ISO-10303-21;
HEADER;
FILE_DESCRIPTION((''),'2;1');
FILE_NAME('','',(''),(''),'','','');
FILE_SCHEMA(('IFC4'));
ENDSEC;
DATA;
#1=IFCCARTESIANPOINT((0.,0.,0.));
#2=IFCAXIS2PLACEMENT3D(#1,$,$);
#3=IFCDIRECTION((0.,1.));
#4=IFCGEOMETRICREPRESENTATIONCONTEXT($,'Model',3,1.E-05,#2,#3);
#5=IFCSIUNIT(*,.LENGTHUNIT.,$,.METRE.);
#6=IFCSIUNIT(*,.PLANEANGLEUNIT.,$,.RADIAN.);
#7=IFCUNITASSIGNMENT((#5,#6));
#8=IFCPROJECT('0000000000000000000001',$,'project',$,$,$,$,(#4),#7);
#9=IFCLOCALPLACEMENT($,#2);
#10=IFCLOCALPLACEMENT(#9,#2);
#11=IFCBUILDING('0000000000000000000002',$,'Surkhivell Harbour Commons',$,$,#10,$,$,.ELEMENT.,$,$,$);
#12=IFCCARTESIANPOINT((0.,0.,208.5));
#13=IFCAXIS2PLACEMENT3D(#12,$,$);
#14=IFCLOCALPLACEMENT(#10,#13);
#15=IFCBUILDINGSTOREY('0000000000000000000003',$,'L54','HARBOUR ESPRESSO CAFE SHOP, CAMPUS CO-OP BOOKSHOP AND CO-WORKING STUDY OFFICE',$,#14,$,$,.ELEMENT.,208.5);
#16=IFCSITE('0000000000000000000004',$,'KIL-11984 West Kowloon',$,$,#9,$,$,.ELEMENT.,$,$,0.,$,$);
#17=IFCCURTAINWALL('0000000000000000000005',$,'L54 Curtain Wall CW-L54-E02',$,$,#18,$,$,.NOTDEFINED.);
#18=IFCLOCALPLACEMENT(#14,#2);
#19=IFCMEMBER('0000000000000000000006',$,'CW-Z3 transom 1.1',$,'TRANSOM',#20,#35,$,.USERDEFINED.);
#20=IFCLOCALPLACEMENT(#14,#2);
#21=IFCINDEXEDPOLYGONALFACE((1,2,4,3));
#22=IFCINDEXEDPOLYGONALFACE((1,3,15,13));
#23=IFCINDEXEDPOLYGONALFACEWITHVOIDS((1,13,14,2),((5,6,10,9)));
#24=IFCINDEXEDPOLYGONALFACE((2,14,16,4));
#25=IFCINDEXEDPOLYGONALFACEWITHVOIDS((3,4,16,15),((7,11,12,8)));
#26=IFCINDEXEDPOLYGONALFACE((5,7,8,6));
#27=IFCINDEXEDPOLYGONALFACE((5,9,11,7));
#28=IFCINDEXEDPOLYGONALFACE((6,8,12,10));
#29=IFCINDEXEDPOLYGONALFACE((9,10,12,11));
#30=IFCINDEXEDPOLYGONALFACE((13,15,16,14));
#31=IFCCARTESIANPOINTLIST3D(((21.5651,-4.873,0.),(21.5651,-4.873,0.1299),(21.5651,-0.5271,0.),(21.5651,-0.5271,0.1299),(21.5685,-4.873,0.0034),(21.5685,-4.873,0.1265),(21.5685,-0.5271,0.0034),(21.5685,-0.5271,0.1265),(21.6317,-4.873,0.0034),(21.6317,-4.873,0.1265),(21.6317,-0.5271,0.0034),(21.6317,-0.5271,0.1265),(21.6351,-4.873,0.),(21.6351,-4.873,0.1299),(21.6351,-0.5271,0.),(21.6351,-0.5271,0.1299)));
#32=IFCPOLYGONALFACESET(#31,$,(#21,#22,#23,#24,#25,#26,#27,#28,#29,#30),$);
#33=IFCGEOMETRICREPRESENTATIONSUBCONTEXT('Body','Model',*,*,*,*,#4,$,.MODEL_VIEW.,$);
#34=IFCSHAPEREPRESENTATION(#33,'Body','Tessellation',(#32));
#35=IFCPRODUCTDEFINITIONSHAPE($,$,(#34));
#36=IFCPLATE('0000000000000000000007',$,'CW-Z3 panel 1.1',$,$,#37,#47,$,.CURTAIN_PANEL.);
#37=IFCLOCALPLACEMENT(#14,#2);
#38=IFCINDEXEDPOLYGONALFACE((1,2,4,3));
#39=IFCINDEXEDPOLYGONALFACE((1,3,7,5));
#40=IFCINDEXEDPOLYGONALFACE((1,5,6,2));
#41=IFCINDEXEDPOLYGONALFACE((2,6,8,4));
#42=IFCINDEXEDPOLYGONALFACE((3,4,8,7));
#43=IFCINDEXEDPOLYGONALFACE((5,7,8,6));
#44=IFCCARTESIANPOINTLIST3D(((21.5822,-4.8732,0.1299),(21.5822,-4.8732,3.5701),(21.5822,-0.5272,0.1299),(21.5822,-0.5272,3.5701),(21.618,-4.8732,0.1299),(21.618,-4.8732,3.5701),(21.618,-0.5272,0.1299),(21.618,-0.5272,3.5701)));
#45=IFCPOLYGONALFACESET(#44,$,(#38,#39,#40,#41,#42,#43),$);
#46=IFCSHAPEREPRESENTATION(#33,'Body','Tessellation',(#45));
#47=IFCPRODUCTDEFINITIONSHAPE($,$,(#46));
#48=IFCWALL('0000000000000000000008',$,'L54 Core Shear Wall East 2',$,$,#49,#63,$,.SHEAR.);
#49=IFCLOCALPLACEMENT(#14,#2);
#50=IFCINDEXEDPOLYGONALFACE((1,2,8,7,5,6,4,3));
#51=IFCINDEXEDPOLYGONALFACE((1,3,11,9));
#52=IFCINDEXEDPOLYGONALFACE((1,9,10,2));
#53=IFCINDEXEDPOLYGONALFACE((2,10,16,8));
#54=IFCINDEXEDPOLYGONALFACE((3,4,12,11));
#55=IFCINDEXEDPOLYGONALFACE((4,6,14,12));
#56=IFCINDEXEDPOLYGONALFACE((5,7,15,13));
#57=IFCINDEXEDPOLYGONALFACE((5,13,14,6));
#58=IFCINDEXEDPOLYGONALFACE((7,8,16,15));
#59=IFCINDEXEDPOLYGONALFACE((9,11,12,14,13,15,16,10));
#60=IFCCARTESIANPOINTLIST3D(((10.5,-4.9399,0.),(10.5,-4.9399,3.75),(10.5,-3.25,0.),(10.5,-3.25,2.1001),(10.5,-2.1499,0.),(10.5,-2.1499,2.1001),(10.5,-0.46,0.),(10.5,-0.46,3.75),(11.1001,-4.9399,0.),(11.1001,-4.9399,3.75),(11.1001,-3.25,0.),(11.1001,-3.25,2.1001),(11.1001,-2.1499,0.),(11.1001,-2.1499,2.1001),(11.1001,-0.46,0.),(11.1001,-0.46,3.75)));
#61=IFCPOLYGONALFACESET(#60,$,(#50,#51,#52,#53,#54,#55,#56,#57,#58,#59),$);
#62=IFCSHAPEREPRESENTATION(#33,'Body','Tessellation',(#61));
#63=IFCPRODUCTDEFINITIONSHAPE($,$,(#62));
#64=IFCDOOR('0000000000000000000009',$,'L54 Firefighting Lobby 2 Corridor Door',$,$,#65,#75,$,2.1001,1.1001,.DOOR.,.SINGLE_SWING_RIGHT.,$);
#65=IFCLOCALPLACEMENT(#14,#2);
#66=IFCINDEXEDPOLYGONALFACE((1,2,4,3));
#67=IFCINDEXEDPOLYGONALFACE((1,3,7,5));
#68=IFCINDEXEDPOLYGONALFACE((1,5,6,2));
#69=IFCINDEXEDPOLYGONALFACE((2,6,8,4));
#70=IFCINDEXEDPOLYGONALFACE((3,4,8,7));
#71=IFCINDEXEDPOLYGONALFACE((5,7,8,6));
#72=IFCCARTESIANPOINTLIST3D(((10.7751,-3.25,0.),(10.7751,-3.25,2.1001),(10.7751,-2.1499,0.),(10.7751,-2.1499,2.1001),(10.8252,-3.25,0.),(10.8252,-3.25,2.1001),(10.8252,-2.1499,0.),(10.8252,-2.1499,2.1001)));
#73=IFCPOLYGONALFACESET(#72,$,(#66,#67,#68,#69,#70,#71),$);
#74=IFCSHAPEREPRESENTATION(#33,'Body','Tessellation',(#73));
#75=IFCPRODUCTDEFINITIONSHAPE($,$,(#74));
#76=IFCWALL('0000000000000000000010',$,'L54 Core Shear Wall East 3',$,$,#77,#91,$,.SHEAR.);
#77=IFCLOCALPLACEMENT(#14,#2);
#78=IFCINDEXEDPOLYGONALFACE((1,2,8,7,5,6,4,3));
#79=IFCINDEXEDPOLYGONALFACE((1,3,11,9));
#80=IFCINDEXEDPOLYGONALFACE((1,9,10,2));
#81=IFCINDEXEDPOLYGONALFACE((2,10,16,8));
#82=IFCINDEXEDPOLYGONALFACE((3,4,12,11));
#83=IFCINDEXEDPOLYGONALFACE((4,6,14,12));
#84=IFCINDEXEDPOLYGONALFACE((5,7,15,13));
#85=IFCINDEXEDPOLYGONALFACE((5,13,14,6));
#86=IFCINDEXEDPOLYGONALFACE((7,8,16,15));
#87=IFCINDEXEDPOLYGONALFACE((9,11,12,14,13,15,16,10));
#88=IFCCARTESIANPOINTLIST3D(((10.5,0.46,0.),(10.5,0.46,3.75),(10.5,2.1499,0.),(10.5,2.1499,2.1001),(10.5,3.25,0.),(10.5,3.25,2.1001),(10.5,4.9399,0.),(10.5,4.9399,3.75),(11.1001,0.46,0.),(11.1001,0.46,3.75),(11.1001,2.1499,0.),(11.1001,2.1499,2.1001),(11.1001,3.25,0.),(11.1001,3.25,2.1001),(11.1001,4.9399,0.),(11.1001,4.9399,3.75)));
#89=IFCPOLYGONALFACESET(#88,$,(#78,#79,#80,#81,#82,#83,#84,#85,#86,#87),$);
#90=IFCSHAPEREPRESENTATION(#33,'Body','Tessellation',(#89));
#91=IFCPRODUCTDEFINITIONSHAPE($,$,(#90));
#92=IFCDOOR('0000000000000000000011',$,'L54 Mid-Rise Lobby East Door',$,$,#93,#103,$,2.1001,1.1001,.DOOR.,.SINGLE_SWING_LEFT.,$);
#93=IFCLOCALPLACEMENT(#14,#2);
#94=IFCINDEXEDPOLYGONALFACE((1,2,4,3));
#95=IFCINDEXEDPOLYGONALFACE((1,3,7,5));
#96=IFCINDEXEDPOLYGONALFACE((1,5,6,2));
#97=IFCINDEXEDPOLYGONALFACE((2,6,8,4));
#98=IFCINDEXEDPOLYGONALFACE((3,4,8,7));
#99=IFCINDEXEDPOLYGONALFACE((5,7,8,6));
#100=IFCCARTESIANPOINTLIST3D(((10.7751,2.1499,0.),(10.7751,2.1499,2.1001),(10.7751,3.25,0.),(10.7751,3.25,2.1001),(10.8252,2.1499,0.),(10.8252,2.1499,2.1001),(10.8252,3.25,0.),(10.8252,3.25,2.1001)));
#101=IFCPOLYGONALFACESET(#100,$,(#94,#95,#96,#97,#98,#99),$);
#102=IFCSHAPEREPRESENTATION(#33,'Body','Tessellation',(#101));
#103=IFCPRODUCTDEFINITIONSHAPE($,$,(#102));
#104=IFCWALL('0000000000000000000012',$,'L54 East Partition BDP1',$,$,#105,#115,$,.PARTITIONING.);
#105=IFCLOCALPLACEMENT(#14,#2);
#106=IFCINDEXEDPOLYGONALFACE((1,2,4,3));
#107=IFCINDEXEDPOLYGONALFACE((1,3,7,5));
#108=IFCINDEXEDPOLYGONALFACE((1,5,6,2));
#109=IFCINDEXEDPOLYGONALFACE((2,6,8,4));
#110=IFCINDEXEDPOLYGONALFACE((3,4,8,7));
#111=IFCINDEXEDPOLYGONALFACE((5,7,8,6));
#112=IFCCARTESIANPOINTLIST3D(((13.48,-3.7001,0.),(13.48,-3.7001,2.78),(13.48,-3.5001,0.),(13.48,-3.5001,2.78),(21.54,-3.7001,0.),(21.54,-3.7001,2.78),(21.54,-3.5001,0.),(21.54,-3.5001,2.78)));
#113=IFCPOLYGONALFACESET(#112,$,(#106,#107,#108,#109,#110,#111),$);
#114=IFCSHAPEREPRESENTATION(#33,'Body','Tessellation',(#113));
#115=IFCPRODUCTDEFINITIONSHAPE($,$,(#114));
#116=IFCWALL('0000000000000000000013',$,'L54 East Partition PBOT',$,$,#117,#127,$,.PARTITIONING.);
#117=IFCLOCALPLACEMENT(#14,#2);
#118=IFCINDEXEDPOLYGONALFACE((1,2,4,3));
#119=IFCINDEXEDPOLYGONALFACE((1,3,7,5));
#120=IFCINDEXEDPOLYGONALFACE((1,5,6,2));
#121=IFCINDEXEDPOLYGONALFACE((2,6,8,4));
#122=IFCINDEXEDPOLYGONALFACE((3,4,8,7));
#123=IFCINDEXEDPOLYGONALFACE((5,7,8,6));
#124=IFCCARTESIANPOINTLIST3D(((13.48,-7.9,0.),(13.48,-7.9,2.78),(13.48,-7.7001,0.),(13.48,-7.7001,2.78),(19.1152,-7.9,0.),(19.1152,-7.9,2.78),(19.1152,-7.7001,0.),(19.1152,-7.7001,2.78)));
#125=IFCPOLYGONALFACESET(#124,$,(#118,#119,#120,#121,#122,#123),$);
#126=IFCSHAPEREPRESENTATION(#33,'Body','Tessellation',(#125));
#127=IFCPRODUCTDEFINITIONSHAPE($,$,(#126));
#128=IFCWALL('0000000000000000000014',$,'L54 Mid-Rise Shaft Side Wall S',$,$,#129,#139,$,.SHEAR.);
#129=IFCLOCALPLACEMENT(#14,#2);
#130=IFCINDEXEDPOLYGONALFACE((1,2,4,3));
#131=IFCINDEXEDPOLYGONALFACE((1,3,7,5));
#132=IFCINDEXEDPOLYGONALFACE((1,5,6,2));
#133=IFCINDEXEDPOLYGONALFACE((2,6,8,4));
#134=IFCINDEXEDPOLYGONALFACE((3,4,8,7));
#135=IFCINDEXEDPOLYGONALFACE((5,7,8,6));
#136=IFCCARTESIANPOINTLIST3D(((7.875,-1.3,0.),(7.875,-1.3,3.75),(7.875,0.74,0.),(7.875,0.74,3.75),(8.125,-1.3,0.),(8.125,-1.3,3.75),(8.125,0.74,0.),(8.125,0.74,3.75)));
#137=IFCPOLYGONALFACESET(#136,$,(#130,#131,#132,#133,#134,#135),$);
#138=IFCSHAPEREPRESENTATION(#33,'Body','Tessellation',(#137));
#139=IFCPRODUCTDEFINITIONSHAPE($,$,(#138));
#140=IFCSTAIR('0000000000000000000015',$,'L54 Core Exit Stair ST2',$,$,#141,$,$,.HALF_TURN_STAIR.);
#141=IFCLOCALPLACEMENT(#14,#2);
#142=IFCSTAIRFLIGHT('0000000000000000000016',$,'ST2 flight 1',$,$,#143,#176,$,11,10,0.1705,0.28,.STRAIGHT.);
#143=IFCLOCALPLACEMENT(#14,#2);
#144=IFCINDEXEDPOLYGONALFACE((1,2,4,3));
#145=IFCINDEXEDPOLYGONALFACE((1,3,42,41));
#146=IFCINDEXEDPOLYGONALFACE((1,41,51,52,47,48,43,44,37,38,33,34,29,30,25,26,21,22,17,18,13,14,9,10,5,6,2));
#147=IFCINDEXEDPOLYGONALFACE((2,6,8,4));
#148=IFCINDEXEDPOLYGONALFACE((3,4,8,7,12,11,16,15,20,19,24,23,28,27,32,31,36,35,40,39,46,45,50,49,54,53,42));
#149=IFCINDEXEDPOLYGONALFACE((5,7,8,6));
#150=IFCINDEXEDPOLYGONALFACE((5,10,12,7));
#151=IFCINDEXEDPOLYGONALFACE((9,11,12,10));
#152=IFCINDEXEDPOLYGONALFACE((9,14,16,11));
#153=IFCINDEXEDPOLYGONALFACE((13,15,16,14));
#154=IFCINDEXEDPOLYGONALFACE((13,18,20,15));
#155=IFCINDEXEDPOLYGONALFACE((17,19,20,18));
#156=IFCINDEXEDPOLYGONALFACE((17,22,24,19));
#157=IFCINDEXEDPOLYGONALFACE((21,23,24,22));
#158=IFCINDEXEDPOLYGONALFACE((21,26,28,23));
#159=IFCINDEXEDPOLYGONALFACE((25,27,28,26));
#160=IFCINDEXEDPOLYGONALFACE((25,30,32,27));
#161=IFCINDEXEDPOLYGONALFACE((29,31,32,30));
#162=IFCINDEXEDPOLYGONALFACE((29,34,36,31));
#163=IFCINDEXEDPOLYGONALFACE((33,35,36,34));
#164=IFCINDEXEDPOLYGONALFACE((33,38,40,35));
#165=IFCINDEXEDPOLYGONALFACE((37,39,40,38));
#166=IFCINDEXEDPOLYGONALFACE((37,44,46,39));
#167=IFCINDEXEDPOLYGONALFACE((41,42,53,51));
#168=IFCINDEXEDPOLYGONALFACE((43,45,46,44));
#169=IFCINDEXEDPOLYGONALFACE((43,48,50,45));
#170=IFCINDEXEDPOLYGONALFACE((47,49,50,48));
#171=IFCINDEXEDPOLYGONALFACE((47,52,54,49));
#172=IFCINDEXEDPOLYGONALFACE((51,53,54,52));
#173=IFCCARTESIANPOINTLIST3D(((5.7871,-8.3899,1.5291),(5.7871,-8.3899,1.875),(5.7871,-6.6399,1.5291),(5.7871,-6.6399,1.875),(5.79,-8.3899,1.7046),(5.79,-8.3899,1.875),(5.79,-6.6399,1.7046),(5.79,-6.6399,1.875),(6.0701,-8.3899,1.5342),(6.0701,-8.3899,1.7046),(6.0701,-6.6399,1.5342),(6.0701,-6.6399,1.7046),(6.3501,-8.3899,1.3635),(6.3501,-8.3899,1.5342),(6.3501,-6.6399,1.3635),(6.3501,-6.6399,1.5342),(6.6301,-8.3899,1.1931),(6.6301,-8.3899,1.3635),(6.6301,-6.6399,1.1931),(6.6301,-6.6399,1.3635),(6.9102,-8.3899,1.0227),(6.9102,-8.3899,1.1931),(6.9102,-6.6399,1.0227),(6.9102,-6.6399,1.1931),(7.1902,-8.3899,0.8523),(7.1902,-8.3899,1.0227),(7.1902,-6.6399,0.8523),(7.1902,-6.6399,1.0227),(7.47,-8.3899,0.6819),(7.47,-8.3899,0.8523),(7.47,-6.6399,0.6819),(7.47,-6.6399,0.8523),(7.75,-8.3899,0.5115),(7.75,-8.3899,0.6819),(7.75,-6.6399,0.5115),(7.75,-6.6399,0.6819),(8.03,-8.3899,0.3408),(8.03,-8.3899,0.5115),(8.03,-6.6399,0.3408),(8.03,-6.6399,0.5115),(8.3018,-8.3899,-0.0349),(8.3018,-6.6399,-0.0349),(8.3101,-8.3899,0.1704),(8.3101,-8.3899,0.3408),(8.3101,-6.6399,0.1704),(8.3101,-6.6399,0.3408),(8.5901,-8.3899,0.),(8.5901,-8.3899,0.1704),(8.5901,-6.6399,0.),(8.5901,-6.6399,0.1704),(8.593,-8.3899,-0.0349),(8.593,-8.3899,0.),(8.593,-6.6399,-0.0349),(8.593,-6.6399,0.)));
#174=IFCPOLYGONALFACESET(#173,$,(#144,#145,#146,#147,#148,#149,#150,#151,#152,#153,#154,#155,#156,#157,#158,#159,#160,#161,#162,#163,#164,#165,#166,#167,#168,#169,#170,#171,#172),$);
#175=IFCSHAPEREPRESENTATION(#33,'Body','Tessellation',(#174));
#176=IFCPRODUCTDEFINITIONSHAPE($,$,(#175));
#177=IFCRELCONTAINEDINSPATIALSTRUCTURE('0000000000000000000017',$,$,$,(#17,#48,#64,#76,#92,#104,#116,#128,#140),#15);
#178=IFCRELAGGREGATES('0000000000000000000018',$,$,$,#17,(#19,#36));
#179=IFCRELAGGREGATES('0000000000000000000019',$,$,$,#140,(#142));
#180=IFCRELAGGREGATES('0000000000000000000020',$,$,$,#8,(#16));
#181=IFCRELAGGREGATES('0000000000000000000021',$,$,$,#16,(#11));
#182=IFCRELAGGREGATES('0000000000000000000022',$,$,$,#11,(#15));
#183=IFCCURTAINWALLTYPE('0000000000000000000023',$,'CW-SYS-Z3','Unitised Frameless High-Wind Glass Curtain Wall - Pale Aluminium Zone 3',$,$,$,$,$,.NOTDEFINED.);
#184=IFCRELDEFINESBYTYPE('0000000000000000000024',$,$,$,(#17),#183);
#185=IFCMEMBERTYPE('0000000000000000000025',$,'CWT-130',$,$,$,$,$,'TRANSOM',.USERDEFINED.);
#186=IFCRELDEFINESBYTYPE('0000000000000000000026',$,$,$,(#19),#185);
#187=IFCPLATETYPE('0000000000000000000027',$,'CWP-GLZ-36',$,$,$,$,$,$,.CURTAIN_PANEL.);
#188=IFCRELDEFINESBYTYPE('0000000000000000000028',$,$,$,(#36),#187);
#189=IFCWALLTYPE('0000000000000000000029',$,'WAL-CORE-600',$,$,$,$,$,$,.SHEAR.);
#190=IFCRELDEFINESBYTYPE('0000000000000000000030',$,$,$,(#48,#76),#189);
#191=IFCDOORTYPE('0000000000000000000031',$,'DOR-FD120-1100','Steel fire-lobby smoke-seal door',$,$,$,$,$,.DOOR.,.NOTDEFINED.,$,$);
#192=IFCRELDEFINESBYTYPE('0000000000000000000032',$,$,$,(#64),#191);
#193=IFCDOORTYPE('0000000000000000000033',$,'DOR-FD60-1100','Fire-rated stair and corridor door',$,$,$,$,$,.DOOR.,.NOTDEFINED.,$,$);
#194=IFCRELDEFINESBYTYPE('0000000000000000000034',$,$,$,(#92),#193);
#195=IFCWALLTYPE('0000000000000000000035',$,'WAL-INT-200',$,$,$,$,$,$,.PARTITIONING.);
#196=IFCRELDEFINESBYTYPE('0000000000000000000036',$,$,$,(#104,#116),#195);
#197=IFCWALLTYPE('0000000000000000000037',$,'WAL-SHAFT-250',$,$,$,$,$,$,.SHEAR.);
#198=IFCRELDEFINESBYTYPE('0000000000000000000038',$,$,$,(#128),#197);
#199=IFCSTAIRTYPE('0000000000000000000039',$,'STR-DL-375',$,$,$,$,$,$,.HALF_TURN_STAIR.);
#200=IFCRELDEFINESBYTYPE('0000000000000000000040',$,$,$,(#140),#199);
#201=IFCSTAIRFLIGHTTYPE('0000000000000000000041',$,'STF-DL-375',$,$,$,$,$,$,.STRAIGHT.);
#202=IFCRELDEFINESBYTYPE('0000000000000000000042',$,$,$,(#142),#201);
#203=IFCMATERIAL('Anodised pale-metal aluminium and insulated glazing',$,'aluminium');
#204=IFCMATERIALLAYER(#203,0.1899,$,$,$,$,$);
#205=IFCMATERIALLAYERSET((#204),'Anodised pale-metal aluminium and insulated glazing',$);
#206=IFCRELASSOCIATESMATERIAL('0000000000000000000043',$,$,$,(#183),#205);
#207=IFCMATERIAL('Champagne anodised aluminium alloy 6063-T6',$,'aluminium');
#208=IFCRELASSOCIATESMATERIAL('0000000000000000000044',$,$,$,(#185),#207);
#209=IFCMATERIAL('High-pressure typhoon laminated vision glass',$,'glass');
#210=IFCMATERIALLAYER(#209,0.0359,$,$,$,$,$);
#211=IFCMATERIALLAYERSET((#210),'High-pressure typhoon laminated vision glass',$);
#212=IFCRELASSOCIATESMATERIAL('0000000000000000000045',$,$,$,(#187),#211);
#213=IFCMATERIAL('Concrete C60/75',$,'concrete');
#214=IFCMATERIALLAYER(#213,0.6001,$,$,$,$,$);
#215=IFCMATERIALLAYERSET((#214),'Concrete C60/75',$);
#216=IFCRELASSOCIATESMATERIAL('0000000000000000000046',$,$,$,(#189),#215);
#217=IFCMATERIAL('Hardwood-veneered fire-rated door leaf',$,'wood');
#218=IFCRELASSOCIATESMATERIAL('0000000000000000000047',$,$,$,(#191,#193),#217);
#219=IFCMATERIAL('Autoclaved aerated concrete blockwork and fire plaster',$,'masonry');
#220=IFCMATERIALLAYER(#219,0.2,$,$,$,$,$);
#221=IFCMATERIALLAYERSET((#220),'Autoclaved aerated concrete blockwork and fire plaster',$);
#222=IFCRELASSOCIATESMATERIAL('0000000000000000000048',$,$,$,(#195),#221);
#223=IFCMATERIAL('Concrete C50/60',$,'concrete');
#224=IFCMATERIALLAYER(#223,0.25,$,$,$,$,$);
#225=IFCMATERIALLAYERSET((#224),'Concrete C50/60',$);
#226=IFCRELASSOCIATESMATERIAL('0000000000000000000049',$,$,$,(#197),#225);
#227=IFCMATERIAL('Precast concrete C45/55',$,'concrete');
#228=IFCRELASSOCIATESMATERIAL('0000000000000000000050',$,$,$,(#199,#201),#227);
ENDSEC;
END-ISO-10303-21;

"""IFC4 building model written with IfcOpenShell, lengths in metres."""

from ifc_helpers import new_model, si_unit, direction, frame, frame_2d, origin, origin_2d, place, context, subcontext, project, spatial, polyline, rectangle, hollow_rectangle, outline, extrude, material, layer, layer_set, material_profile, profile_set, type_object, element, fill, aggregate, save


model = new_model("IFC4")

# Units and contexts
model_context = context("Model", 3, precision=1e-05, world=origin(), true_north=direction((0.0, 1.0)))
body_context = subcontext(model_context, "Body", "Model", "MODEL_VIEW")
ifc_project = project(units=[si_unit("LENGTHUNIT", "METRE"), si_unit("PLANEANGLEUNIT", "RADIAN")], contexts=[model_context])

# Site, building, storey
site_placement = place(None, origin())
site = spatial("IfcSite", under=ifc_project, at=site_placement, Name="KIL-11984 West Kowloon", CompositionType="ELEMENT", RefElevation=0.0)
building_placement = place(site_placement, origin())
building = spatial("IfcBuilding", under=site, at=building_placement, Name="Surkhivell Harbour Commons", CompositionType="ELEMENT")
storey_placement = place(building_placement, frame((0.0, 0.0, 208.5)))
storey = spatial("IfcBuildingStorey", under=building, at=storey_placement, Name="L54", Description="HARBOUR ESPRESSO CAFE SHOP, CAMPUS CO-OP BOOKSHOP AND CO-WORKING STUDY OFFICE", CompositionType="ELEMENT", Elevation=208.5)

# Shared definitions
ifc_material_1 = material(Name="Concrete C60/75", Category="concrete")

# Shared definitions
ifc_material_2 = material(Name="Anodised pale-metal aluminium and insulated glazing", Category="aluminium")
ifc_layer_1 = layer(ifc_material_2, 0.1899)
ifc_layer_set_1 = layer_set([ifc_layer_1], Name="Anodised pale-metal aluminium and insulated glazing")
curtain_wall_type = type_object("IfcCurtainWallType", Name="CW-SYS-Z3", Description="Unitised Frameless High-Wind Glass Curtain Wall - Pale Aluminium Zone 3", PredefinedType="NOTDEFINED", material=ifc_layer_set_1)

# Curtain wall, member, plate
curtain_wall_1_placement = place(storey_placement, origin())
curtain_wall_1 = element("IfcCurtainWall", 1, at=curtain_wall_1_placement, inside=storey, type_object=curtain_wall_type, Name="L54 Curtain Wall CW-L54-E02", PredefinedType="NOTDEFINED")
ifc_material_3 = material(Name="Champagne anodised aluminium alloy 6063-T6", Category="aluminium")
ifc_material_profile_1 = material_profile(ifc_material_3, hollow_rectangle(XDim=0.0701, YDim=0.1299, WallThickness=0.0034, at=origin_2d()), Name="ALU-TRAN-70x130")
ifc_profile_set_1 = profile_set([ifc_material_profile_1], Name="Champagne anodised aluminium alloy 6063-T6")
member_type_1 = type_object("IfcMemberType", Name="CWT-130", ElementType="TRANSOM", PredefinedType="USERDEFINED", material=ifc_profile_set_1)
member_1_placement = place(storey_placement, frame((21.6001, -4.873, 0.0649), z_axis=(0.0, 1.0, 0.0), x_axis=(-1.0, 0.0, 0.0)))
member_1 = element("IfcMember", 2, at=member_1_placement, type_object=member_type_1, Name="CW-Z3 transom 1.1", ObjectType="TRANSOM", PredefinedType="USERDEFINED", context=body_context, shape_type="SweptSolid", body=[
    extrude(hollow_rectangle(XDim=0.0701, YDim=0.1299, WallThickness=0.0034, at=origin_2d()), origin(), (0.0, 0.0, 1.0), 4.3459),
])
ifc_material_4 = material(Name="High-pressure typhoon laminated vision glass", Category="glass")
ifc_layer_2 = layer(ifc_material_4, 0.0359)
ifc_layer_set_2 = layer_set([ifc_layer_2], Name="High-pressure typhoon laminated vision glass")
plate_type = type_object("IfcPlateType", Name="CWP-GLZ-36", PredefinedType="CURTAIN_PANEL", material=ifc_layer_set_2)
plate_placement = place(storey_placement, frame((21.6001, -4.873, 0.1299), z_axis=(0.0, 0.0, 1.0), x_axis=(0.0, 1.0, 0.0)))
plate = element("IfcPlate", 3, at=plate_placement, type_object=plate_type, Name="CW-Z3 panel 1.1", PredefinedType="CURTAIN_PANEL", context=body_context, shape_type="SweptSolid", body=[
    extrude(rectangle(XDim=4.3459, YDim=0.0359, at=frame_2d((2.1729, 0.0))), origin(), (0.0, 0.0, 1.0), 3.4402),
])
aggregate(curtain_wall_1, [member_1, plate])

# Walls, openings, doors
ifc_layer_3 = layer(ifc_material_1, 0.6001)
ifc_layer_set_3 = layer_set([ifc_layer_3], Name="Concrete C60/75")
wall_type_1 = type_object("IfcWallType", Name="WAL-CORE-600", PredefinedType="SHEAR", material=ifc_layer_set_3)
wall_1_placement = place(storey_placement, frame((10.8, -4.9399, 0.0), z_axis=(0.0, 0.0, 1.0), x_axis=(0.0, 1.0, 0.0)))
wall_1 = element("IfcWall", 4, at=wall_1_placement, inside=storey, type_object=wall_type_1, Name="L54 Core Shear Wall East 2", PredefinedType="SHEAR", context=body_context, shape_type="SweptSolid", body=[
    extrude(rectangle(XDim=4.48, YDim=0.6001, at=frame_2d((2.24, 0.0))), origin(), (0.0, 0.0, 1.0), 3.75),
])
opening_1_placement = place(wall_1_placement, frame((1.6899, 0.0, 0.0)))
opening_1 = element("IfcOpeningElement", 5, at=opening_1_placement, cuts=wall_1, PredefinedType="OPENING", context=body_context, shape_type="SweptSolid", body=[
    extrude(rectangle(XDim=1.1001, YDim=2.1001, at=frame_2d((0.55, 1.05))), frame((0.0, 0.3101, 0.0), z_axis=(0.0, -1.0, 0.0), x_axis=(1.0, 0.0, 0.0)), (0.0, 0.0, 1.0), 0.6201),
])
ifc_material_5 = material(Name="Hardwood-veneered fire-rated door leaf", Category="wood")
door_type_1 = type_object("IfcDoorType", Name="DOR-FD120-1100", Description="Steel fire-lobby smoke-seal door", OperationType="NOTDEFINED", PredefinedType="DOOR", material=ifc_material_5)
door_1_placement = place(opening_1_placement, origin())
door_1 = element("IfcDoor", 6, at=door_1_placement, inside=storey, type_object=door_type_1, Name="L54 Firefighting Lobby 2 Corridor Door", OperationType="SINGLE_SWING_RIGHT", OverallHeight=2.1001, OverallWidth=1.1001, PredefinedType="DOOR", context=body_context, shape_type="SweptSolid", body=[
    extrude(rectangle(XDim=1.1001, YDim=2.1001, at=frame_2d((0.55, 1.05))), frame((0.0, 0.0249, 0.0), z_axis=(0.0, -1.0, 0.0), x_axis=(1.0, 0.0, 0.0)), (0.0, 0.0, 1.0), 0.05),
])
fill(opening_1, door_1)
wall_2_placement = place(storey_placement, frame((10.8, 0.46, 0.0), z_axis=(0.0, 0.0, 1.0), x_axis=(0.0, 1.0, 0.0)))
wall_2 = element("IfcWall", 7, at=wall_2_placement, inside=storey, type_object=wall_type_1, Name="L54 Core Shear Wall East 3", PredefinedType="SHEAR", context=body_context, shape_type="SweptSolid", body=[
    extrude(rectangle(XDim=4.48, YDim=0.6001, at=frame_2d((2.24, 0.0))), origin(), (0.0, 0.0, 1.0), 3.75),
])
opening_2_placement = place(wall_2_placement, frame((1.6899, 0.0, 0.0)))
opening_2 = element("IfcOpeningElement", 8, at=opening_2_placement, cuts=wall_2, PredefinedType="OPENING", context=body_context, shape_type="SweptSolid", body=[
    extrude(rectangle(XDim=1.1001, YDim=2.1001, at=frame_2d((0.55, 1.05))), frame((0.0, 0.3101, 0.0), z_axis=(0.0, -1.0, 0.0), x_axis=(1.0, 0.0, 0.0)), (0.0, 0.0, 1.0), 0.6201),
])
door_type_2 = type_object("IfcDoorType", Name="DOR-FD60-1100", Description="Fire-rated stair and corridor door", OperationType="NOTDEFINED", PredefinedType="DOOR", material=ifc_material_5)
door_2_placement = place(opening_2_placement, origin())
door_2 = element("IfcDoor", 9, at=door_2_placement, inside=storey, type_object=door_type_2, Name="L54 Mid-Rise Lobby East Door", OperationType="SINGLE_SWING_LEFT", OverallHeight=2.1001, OverallWidth=1.1001, PredefinedType="DOOR", context=body_context, shape_type="SweptSolid", body=[
    extrude(rectangle(XDim=1.1001, YDim=2.1001, at=frame_2d((0.55, 1.05))), frame((0.0, 0.0249, 0.0), z_axis=(0.0, -1.0, 0.0), x_axis=(1.0, 0.0, 0.0)), (0.0, 0.0, 1.0), 0.05),
])
fill(opening_2, door_2)

# Walls
ifc_material_6 = material(Name="Autoclaved aerated concrete blockwork and fire plaster", Category="masonry")
ifc_layer_4 = layer(ifc_material_6, 0.2)
ifc_layer_set_4 = layer_set([ifc_layer_4], Name="Autoclaved aerated concrete blockwork and fire plaster")
wall_type_2 = type_object("IfcWallType", Name="WAL-INT-200", PredefinedType="PARTITIONING", material=ifc_layer_set_4)
wall_3_placement = place(storey_placement, frame((13.48, -3.6001, 0.0), z_axis=(0.0, 0.0, 1.0), x_axis=(1.0, 0.0, 0.0)))
element("IfcWall", 10, at=wall_3_placement, inside=storey, type_object=wall_type_2, Name="L54 East Partition BDP1", PredefinedType="PARTITIONING", context=body_context, shape_type="SweptSolid", body=[
    extrude(rectangle(XDim=8.0601, YDim=0.2, at=frame_2d((4.03, 0.0))), origin(), (0.0, 0.0, 1.0), 2.78),
])
wall_4_placement = place(storey_placement, frame((13.48, -7.8, 0.0), z_axis=(0.0, 0.0, 1.0), x_axis=(1.0, 0.0, 0.0)))
element("IfcWall", 11, at=wall_4_placement, inside=storey, type_object=wall_type_2, Name="L54 East Partition PBOT", PredefinedType="PARTITIONING", context=body_context, shape_type="SweptSolid", body=[
    extrude(rectangle(XDim=5.6353, YDim=0.2, at=frame_2d((2.8176, 0.0))), origin(), (0.0, 0.0, 1.0), 2.78),
])
ifc_material_7 = material(Name="Concrete C50/60", Category="concrete")
ifc_layer_5 = layer(ifc_material_7, 0.25)
ifc_layer_set_5 = layer_set([ifc_layer_5], Name="Concrete C50/60")
wall_type_3 = type_object("IfcWallType", Name="WAL-SHAFT-250", PredefinedType="SHEAR", material=ifc_layer_set_5)
wall_5_placement = place(storey_placement, frame((8.0, -1.3, 0.0), z_axis=(0.0, 0.0, 1.0), x_axis=(0.0, 1.0, 0.0)))
element("IfcWall", 12, at=wall_5_placement, inside=storey, type_object=wall_type_3, Name="L54 Mid-Rise Shaft Side Wall S", PredefinedType="SHEAR", context=body_context, shape_type="SweptSolid", body=[
    extrude(rectangle(XDim=2.04, YDim=0.25, at=frame_2d((1.02, 0.0))), origin(), (0.0, 0.0, 1.0), 3.75),
])

# Stair, stair flight
ifc_material_8 = material(Name="Precast concrete C45/55", Category="concrete")
stair_type = type_object("IfcStairType", Name="STR-DL-375", PredefinedType="HALF_TURN_STAIR", material=ifc_material_8)
stair_placement = place(storey_placement, origin())
stair = element("IfcStair", 13, at=stair_placement, inside=storey, type_object=stair_type, Name="L54 Core Exit Stair ST2", PredefinedType="HALF_TURN_STAIR")
stair_flight_type = type_object("IfcStairFlightType", Name="STF-DL-375", PredefinedType="STRAIGHT", material=ifc_material_8)
stair_flight_placement = place(storey_placement, frame((8.5901, -7.5149, 0.0), z_axis=(0.0, 0.0, 1.0), x_axis=(-1.0, 0.0, 0.0)))
stair_flight = element("IfcStairFlight", 14, at=stair_flight_placement, type_object=stair_flight_type, Name="ST2 flight 1", NumberOfRisers=11, NumberOfTreads=10, PredefinedType="STRAIGHT", RiserHeight=0.1705, TreadLength=0.28, context=body_context, shape_type="SweptSolid", body=[
    extrude(outline(polyline([(-0.0029, -0.0349), (-0.0029, 0.0), (0.0, 0.0), (0.0, 0.1704), (0.28, 0.1704), (0.28, 0.3408), (0.5601, 0.3408), (0.5601, 0.5115), (0.8401, 0.5115), (0.8401, 0.6819), (1.1201, 0.6819), (1.1201, 0.8523), (1.3999, 0.8523), (1.3999, 1.0227), (1.6799, 1.0227), (1.6799, 1.1931), (1.96, 1.1931), (1.96, 1.3635), (2.24, 1.3635), (2.24, 1.5342), (2.52, 1.5342), (2.52, 1.7046), (2.8, 1.7046), (2.8, 1.875), (2.803, 1.875), (2.803, 1.5291), (0.2883, -0.0349), (-0.0029, -0.0349)])), frame((0.0, 0.875, 0.0), z_axis=(0.0, -1.0, 0.0), x_axis=(1.0, 0.0, 0.0)), (0.0, 0.0, 1.0), 1.75),
])
aggregate(stair, [stair_flight])

save(model, "model.ifc")
